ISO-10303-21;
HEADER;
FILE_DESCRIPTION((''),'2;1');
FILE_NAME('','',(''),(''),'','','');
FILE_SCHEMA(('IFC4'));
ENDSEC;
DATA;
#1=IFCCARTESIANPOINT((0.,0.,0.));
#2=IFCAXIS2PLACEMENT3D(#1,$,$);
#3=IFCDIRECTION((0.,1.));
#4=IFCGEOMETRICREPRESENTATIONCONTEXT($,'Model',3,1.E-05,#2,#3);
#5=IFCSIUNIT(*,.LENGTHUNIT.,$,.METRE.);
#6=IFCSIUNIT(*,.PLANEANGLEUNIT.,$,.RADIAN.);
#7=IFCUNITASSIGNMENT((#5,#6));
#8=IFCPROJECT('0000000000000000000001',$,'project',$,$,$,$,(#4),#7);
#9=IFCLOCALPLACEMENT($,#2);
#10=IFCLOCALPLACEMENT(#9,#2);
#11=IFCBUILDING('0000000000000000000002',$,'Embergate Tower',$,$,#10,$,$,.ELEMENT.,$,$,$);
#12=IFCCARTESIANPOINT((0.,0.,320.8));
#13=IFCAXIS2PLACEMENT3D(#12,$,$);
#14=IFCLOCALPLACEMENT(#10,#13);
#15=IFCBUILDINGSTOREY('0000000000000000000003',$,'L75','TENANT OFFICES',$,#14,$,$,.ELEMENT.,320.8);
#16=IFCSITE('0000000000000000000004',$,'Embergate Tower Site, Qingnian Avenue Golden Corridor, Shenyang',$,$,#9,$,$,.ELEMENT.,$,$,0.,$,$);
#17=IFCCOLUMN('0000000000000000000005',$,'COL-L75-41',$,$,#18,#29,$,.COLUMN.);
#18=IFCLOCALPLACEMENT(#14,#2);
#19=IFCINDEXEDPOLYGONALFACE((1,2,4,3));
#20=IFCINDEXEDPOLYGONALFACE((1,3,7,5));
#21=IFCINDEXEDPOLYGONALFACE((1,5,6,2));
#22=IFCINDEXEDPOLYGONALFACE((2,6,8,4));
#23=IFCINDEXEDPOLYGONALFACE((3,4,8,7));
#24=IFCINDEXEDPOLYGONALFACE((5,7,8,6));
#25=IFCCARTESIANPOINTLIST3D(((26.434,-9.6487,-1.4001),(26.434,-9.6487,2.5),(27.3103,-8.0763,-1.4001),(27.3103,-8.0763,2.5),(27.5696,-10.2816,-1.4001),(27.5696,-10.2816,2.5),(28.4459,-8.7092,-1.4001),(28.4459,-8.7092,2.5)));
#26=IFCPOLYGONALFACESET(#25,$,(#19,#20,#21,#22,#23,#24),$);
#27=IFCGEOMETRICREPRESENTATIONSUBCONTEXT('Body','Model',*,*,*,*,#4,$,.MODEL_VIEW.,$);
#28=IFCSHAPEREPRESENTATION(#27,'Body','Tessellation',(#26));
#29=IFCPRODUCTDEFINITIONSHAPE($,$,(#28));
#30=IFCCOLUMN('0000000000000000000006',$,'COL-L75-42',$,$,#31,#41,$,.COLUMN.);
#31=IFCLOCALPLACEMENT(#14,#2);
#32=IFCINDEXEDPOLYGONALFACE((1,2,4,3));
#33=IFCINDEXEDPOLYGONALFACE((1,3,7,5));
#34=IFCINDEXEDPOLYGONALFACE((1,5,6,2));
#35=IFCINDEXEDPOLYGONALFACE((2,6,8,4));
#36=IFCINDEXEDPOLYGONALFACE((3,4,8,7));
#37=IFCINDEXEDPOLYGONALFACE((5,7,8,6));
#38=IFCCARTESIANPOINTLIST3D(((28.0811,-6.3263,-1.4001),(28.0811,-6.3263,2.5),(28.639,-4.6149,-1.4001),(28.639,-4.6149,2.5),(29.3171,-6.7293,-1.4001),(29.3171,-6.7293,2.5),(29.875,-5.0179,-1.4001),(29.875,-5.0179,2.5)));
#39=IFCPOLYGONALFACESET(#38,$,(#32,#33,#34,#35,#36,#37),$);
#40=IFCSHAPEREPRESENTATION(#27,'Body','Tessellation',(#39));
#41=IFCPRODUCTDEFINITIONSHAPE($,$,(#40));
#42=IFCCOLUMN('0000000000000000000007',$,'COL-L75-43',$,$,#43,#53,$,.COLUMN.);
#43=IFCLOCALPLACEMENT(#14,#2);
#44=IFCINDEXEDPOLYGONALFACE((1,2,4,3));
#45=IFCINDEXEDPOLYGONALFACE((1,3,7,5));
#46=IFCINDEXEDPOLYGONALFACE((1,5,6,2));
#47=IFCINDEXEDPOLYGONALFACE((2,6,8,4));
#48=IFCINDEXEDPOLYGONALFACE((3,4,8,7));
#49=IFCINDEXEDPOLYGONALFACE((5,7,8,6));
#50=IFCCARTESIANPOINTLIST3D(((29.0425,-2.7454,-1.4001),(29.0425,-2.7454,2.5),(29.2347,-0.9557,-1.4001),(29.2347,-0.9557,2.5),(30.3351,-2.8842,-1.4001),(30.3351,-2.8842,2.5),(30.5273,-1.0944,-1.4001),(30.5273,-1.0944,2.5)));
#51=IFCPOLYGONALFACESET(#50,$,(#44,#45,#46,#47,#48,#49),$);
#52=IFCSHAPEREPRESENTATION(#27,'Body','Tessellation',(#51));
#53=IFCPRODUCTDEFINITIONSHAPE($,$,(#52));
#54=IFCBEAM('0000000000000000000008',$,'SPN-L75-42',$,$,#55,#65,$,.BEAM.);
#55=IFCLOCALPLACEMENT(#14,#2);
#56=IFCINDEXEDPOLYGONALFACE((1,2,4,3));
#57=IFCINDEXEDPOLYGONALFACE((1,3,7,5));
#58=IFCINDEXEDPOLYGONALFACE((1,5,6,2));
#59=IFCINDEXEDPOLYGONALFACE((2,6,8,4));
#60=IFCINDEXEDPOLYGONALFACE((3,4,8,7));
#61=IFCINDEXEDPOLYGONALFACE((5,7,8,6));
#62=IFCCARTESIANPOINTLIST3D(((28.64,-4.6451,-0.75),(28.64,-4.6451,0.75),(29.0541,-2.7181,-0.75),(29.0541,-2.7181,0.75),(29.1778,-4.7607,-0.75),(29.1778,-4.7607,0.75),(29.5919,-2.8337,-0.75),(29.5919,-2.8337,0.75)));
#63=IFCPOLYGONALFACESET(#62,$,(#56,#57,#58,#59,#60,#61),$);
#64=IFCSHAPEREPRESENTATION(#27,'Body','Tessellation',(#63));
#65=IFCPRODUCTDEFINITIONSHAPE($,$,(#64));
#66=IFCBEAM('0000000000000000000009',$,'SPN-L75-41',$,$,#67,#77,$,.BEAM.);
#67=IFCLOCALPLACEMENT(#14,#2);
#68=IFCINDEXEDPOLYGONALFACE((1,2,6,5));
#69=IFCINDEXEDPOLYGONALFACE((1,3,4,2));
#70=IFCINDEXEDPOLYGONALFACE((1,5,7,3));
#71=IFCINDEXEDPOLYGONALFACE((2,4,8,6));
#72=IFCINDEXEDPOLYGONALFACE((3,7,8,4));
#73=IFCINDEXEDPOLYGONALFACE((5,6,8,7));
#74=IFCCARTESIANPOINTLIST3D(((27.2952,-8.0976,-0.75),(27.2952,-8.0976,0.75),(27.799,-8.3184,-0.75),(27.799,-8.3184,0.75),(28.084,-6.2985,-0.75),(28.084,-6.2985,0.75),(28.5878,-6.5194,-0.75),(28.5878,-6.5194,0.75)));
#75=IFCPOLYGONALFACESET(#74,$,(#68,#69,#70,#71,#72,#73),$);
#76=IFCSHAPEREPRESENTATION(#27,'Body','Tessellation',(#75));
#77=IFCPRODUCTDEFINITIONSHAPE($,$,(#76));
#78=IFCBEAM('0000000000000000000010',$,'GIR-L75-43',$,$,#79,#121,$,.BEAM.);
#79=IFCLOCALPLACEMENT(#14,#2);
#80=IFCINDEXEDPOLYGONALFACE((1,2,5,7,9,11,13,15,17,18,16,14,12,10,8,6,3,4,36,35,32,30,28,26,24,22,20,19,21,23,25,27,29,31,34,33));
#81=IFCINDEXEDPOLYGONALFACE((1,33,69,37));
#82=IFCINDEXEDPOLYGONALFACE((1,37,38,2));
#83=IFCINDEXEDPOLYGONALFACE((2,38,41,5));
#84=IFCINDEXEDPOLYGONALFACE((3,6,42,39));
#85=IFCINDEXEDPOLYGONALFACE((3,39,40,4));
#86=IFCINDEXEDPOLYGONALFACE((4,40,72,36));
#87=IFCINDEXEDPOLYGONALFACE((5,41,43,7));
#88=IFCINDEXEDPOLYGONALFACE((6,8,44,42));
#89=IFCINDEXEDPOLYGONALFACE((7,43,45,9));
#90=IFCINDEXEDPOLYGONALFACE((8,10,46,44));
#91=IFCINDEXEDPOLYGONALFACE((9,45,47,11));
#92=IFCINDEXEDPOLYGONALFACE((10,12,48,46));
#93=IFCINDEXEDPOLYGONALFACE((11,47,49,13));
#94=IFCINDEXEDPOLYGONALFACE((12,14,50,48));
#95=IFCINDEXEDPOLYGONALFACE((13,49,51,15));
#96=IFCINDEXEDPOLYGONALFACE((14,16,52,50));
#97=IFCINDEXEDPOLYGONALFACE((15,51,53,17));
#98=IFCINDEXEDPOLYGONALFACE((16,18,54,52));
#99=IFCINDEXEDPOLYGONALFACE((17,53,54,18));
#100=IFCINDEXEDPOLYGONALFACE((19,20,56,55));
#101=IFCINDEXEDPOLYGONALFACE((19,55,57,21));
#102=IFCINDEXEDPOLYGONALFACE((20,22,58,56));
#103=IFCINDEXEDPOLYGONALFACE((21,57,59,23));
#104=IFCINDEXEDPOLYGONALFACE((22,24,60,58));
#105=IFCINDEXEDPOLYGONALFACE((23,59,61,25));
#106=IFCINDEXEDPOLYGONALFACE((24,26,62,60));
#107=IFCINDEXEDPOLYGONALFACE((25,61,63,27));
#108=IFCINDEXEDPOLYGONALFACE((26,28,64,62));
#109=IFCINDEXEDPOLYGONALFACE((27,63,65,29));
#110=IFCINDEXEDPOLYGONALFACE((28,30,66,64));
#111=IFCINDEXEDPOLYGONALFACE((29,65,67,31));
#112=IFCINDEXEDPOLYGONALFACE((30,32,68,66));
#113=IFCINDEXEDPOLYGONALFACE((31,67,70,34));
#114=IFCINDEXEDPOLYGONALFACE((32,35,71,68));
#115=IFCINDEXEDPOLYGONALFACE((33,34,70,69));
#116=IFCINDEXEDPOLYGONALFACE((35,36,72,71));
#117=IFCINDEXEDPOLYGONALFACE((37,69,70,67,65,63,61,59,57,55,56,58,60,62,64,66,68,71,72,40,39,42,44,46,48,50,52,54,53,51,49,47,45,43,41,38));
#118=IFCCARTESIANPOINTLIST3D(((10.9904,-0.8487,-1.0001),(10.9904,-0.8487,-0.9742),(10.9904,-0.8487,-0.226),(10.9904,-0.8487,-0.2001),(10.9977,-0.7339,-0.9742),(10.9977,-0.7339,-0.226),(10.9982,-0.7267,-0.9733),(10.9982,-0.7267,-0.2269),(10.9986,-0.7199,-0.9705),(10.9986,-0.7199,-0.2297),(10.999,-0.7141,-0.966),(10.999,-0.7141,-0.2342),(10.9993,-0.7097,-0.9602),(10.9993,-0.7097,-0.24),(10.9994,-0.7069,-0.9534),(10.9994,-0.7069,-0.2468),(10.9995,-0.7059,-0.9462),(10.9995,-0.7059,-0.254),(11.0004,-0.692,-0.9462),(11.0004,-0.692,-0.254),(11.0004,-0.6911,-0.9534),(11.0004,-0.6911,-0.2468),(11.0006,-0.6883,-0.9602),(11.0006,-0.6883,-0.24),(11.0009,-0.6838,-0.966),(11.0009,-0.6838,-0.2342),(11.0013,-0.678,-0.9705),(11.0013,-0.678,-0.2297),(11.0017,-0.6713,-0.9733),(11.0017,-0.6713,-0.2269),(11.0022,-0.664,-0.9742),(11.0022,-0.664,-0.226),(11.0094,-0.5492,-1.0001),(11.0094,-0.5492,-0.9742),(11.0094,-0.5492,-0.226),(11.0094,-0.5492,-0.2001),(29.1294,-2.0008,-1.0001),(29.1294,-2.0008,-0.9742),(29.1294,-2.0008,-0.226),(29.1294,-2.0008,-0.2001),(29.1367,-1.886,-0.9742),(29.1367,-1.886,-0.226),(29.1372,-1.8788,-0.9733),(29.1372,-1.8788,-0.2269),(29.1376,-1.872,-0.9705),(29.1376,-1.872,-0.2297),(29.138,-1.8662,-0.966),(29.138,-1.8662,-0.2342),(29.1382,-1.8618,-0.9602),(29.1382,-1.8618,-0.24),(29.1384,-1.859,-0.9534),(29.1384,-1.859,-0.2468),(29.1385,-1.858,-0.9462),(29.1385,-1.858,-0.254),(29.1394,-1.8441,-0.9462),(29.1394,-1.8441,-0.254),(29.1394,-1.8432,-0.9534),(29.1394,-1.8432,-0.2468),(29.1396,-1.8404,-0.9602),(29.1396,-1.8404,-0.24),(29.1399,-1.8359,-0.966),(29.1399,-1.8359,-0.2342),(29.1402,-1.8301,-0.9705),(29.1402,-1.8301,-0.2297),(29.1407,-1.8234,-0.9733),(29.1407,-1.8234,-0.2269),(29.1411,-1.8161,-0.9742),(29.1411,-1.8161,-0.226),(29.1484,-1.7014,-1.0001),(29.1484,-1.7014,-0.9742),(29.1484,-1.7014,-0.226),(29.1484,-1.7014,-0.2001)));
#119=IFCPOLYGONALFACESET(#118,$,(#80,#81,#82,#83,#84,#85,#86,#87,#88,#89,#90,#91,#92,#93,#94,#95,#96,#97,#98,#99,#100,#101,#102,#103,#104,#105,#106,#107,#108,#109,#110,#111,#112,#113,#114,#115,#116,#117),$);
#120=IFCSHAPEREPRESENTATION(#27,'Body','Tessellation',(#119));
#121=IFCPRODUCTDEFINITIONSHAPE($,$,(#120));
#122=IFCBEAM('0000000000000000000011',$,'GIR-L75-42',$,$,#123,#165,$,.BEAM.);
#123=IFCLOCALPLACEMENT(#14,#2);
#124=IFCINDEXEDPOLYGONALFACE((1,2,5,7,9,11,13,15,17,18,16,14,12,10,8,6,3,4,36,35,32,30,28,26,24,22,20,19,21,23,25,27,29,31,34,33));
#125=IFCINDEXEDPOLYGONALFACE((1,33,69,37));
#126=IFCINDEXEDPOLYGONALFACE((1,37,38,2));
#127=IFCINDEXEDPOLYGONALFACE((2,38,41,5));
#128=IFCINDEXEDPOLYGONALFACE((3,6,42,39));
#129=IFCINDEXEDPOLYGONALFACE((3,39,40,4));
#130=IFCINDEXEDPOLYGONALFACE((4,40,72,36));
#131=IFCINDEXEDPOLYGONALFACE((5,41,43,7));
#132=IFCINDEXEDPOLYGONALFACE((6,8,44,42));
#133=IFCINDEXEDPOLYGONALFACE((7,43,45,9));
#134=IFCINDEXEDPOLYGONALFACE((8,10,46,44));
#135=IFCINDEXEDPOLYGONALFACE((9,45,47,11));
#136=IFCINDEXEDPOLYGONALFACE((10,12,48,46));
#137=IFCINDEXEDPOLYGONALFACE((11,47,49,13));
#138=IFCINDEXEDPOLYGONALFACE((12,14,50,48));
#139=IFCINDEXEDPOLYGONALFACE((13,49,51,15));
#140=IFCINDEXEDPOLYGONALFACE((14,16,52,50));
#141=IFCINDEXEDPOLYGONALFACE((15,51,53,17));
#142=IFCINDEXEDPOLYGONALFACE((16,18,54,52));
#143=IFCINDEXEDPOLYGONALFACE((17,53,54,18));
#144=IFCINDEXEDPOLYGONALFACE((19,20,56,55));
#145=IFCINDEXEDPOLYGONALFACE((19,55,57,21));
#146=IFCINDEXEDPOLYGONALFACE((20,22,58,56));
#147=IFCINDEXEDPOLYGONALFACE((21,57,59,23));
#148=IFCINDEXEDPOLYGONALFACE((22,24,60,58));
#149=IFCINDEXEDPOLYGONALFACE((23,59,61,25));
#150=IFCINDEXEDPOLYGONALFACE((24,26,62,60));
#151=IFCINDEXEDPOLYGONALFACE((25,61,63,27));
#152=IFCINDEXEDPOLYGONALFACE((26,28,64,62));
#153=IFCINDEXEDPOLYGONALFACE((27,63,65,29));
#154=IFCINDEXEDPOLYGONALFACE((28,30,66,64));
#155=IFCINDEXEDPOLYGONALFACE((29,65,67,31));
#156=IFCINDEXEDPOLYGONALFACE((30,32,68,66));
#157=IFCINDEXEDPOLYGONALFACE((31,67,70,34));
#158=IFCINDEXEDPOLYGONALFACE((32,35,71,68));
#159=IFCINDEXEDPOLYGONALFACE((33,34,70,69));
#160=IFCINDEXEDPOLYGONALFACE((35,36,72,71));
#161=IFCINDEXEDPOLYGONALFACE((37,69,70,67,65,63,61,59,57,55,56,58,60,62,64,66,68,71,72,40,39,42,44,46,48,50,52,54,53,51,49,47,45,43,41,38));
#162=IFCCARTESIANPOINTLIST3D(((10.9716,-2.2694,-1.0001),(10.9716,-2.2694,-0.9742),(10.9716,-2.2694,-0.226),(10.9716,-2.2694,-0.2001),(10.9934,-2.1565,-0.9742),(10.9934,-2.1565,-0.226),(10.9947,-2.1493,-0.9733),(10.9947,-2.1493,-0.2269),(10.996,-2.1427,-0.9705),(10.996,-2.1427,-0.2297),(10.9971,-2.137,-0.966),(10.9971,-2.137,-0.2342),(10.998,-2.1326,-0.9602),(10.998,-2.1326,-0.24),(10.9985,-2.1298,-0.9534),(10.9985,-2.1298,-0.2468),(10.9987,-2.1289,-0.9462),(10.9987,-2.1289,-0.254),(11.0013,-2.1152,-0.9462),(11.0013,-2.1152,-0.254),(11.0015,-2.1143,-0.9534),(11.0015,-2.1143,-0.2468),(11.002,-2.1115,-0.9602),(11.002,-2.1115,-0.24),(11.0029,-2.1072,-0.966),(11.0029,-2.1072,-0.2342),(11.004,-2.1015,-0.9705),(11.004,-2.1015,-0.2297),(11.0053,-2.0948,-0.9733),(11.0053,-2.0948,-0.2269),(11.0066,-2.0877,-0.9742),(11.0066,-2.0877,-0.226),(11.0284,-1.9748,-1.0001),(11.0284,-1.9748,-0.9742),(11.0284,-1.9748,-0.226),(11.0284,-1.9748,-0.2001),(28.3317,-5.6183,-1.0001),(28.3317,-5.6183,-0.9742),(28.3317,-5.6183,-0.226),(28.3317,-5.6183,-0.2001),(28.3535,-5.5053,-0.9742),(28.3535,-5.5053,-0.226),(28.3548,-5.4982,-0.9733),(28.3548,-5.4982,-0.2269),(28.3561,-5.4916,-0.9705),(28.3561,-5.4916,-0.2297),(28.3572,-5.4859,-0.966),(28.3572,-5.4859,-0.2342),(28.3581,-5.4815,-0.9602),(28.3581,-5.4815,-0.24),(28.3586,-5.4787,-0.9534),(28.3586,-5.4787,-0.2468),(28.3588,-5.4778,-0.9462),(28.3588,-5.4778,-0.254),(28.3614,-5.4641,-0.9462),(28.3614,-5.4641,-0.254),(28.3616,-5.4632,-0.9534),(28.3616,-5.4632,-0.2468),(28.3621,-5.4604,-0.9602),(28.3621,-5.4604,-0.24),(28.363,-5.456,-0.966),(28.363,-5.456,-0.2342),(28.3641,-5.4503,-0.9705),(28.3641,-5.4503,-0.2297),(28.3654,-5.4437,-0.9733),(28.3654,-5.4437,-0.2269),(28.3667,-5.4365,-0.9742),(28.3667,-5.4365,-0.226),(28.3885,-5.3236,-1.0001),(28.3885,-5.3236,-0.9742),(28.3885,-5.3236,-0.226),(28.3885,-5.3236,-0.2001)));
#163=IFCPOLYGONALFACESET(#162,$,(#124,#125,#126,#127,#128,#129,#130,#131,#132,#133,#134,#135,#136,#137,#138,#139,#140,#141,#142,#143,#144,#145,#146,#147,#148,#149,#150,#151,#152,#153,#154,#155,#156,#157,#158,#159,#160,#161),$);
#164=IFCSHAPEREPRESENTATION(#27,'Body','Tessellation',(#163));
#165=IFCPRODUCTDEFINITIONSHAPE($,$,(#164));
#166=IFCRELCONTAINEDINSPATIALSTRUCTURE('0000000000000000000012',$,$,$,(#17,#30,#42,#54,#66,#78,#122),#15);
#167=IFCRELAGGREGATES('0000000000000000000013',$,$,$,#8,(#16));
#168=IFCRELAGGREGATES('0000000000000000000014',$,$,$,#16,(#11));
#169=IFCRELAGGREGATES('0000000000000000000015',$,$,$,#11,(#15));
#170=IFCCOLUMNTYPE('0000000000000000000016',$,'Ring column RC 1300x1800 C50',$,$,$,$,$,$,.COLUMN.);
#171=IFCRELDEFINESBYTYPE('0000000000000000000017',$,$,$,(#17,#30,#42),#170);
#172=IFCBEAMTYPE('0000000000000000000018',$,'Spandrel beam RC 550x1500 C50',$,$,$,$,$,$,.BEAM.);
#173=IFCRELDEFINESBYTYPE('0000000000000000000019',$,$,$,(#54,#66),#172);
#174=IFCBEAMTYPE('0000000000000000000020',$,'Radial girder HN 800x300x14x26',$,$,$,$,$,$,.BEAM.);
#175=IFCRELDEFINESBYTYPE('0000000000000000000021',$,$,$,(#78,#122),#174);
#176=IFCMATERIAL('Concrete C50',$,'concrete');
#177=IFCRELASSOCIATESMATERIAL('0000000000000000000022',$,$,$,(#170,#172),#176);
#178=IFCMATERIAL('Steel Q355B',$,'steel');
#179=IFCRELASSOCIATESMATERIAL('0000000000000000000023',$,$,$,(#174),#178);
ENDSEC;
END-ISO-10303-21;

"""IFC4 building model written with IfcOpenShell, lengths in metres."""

from ifc_helpers import new_model, si_unit, direction, frame, origin, origin_2d, place, context, subcontext, project, spatial, rectangle, i_section, extrude, source, transform, mapped, material, material_profile, profile_set, type_object, element, save


model = new_model("IFC4")

# Units and contexts
model_context = context("Model", 3, precision=1e-05, world=origin(), true_north=direction((0.0, 1.0)))
body_context = subcontext(model_context, "Body", "Model", "MODEL_VIEW")
ifc_project = project(units=[si_unit("LENGTHUNIT", "METRE"), si_unit("PLANEANGLEUNIT", "RADIAN")], contexts=[model_context])

# Site, building, storey
site_placement = place(None, origin())
site = spatial("IfcSite", under=ifc_project, at=site_placement, Name="Embergate Tower Site, Qingnian Avenue Golden Corridor, Shenyang", CompositionType="ELEMENT", RefElevation=0.0)
building_placement = place(site_placement, origin())
building = spatial("IfcBuilding", under=site, at=building_placement, Name="Embergate Tower", CompositionType="ELEMENT")
storey_placement = place(building_placement, frame((0.0, 0.0, 320.8)))
storey = spatial("IfcBuildingStorey", under=building, at=storey_placement, Name="L75", Description="TENANT OFFICES", CompositionType="ELEMENT", Elevation=320.8)

# Columns
ifc_material_1 = material(Name="Concrete C50", Category="concrete")
ifc_material_profile_1 = material_profile(ifc_material_1, rectangle(XDim=1.3, YDim=1.8, at=origin_2d()), Name="RC 1300x1800")
ifc_profile_set_1 = profile_set([ifc_material_profile_1], Name="Concrete C50")
column_type = type_object("IfcColumnType", Name="Ring column RC 1300x1800 C50", PredefinedType="COLUMN", material=ifc_profile_set_1)
shared_shape_1 = source(origin(), body_context, "Body", "SweptSolid", [
    extrude(rectangle(XDim=1.3, YDim=1.8, at=origin_2d()), origin(), (0.0, 0.0, 1.0), 3.9001),
])
for number, where, z_axis, x_axis, name in (
    (1, (27.4399, -9.179, -1.4001), (0.0, 0.0, 1.0), (0.8735, -0.486823, 0.0), "COL-L75-41"),
    (2, (28.978, -5.6721, -1.4001), (0.0, 0.0, 1.0), (0.950754, -0.309946, 0.0), "COL-L75-42"),
    (3, (29.7849, -1.9199, -1.4001), (0.0, 0.0, 1.0), (0.994286, -0.10675, 0.0), "COL-L75-43"),
):
    element("IfcColumn", number, at=place(storey_placement, frame(where, z_axis=z_axis, x_axis=x_axis)), inside=storey, type_object=column_type, Name=name, PredefinedType="COLUMN", context=body_context, shape_type="MappedRepresentation", body=[
        mapped(shared_shape_1, transform((0.0, 0.0, 0.0))),
    ])

# Beams
ifc_material_profile_2 = material_profile(ifc_material_1, rectangle(XDim=0.55, YDim=1.5, at=origin_2d()), Name="RC 550x1500")
ifc_profile_set_2 = profile_set([ifc_material_profile_2], Name="Concrete C50")
beam_type_1 = type_object("IfcBeamType", Name="Spandrel beam RC 550x1500 C50", PredefinedType="BEAM", material=ifc_profile_set_2)
shared_shape_2 = source(origin(), body_context, "Body", "SweptSolid", [
    extrude(rectangle(XDim=0.55, YDim=1.5, at=origin_2d()), origin(), (0.0, 0.0, 1.0), 1.9709),
])
beam_1_placement = place(storey_placement, frame((28.9089, -4.7029, 0.0), z_axis=(0.210079, 0.977684, 0.0), x_axis=(-0.977684, 0.210079, 0.0)))
element("IfcBeam", 4, at=beam_1_placement, inside=storey, type_object=beam_type_1, Name="SPN-L75-42", PredefinedType="BEAM", context=body_context, shape_type="MappedRepresentation", body=[
    mapped(shared_shape_2, transform((0.0, 0.0, 0.0))),
])
shared_shape_3 = source(origin(), body_context, "Body", "SweptSolid", [
    extrude(rectangle(XDim=0.55, YDim=1.5, at=origin_2d()), origin(), (0.0, 0.0, 1.0), 1.9644),
])
beam_2_placement = place(storey_placement, frame((27.5471, -8.208, 0.0), z_axis=(0.401555, 0.915835, 0.0), x_axis=(-0.915835, 0.401555, 0.0)))
element("IfcBeam", 5, at=beam_2_placement, inside=storey, type_object=beam_type_1, Name="SPN-L75-41", PredefinedType="BEAM", context=body_context, shape_type="MappedRepresentation", body=[
    mapped(shared_shape_3, transform((0.0, 0.0, 0.0))),
])
ifc_material_2 = material(Name="Steel Q355B", Category="steel")
ifc_material_profile_3 = material_profile(ifc_material_2, i_section(OverallWidth=0.3, OverallDepth=0.8, WebThickness=0.0139, FlangeThickness=0.0259, FilletRadius=0.0281, at=origin_2d()), Name="HN 800x300x14x26")
ifc_profile_set_3 = profile_set([ifc_material_profile_3], Name="Steel Q355 grade B")
beam_type_2 = type_object("IfcBeamType", Name="Radial girder HN 800x300x14x26", PredefinedType="BEAM", material=ifc_profile_set_3)
shared_shape_4 = source(origin(), body_context, "Body", "SweptSolid", [
    extrude(i_section(OverallWidth=0.3, OverallDepth=0.8, WebThickness=0.0139, FlangeThickness=0.0259, FilletRadius=0.0281, at=origin_2d()), origin(), (0.0, 0.0, 1.0), 18.1755),
])
beam_3_placement = place(storey_placement, frame((29.1389, -1.8511, -0.6001), z_axis=(-0.997989, 0.063388, 0.0), x_axis=(-0.063388, -0.997989, 0.0)))
element("IfcBeam", 6, at=beam_3_placement, inside=storey, type_object=beam_type_2, Name="GIR-L75-43", PredefinedType="BEAM", context=body_context, shape_type="MappedRepresentation", body=[
    mapped(shared_shape_4, transform((0.0, 0.0, 0.0))),
])
shared_shape_5 = source(origin(), body_context, "Body", "SweptSolid", [
    extrude(i_section(OverallWidth=0.3, OverallDepth=0.8, WebThickness=0.0139, FlangeThickness=0.0259, FilletRadius=0.0281, at=origin_2d()), origin(), (0.0, 0.0, 1.0), 17.6802),
])
beam_4_placement = place(storey_placement, frame((28.3601, -5.4709, -0.6001), z_axis=(-0.981897, 0.189414, 0.0), x_axis=(-0.189414, -0.981897, 0.0)))
element("IfcBeam", 7, at=beam_4_placement, inside=storey, type_object=beam_type_2, Name="GIR-L75-42", PredefinedType="BEAM", context=body_context, shape_type="MappedRepresentation", body=[
    mapped(shared_shape_5, transform((0.0, 0.0, 0.0))),
])

save(model, "model.ifc")
